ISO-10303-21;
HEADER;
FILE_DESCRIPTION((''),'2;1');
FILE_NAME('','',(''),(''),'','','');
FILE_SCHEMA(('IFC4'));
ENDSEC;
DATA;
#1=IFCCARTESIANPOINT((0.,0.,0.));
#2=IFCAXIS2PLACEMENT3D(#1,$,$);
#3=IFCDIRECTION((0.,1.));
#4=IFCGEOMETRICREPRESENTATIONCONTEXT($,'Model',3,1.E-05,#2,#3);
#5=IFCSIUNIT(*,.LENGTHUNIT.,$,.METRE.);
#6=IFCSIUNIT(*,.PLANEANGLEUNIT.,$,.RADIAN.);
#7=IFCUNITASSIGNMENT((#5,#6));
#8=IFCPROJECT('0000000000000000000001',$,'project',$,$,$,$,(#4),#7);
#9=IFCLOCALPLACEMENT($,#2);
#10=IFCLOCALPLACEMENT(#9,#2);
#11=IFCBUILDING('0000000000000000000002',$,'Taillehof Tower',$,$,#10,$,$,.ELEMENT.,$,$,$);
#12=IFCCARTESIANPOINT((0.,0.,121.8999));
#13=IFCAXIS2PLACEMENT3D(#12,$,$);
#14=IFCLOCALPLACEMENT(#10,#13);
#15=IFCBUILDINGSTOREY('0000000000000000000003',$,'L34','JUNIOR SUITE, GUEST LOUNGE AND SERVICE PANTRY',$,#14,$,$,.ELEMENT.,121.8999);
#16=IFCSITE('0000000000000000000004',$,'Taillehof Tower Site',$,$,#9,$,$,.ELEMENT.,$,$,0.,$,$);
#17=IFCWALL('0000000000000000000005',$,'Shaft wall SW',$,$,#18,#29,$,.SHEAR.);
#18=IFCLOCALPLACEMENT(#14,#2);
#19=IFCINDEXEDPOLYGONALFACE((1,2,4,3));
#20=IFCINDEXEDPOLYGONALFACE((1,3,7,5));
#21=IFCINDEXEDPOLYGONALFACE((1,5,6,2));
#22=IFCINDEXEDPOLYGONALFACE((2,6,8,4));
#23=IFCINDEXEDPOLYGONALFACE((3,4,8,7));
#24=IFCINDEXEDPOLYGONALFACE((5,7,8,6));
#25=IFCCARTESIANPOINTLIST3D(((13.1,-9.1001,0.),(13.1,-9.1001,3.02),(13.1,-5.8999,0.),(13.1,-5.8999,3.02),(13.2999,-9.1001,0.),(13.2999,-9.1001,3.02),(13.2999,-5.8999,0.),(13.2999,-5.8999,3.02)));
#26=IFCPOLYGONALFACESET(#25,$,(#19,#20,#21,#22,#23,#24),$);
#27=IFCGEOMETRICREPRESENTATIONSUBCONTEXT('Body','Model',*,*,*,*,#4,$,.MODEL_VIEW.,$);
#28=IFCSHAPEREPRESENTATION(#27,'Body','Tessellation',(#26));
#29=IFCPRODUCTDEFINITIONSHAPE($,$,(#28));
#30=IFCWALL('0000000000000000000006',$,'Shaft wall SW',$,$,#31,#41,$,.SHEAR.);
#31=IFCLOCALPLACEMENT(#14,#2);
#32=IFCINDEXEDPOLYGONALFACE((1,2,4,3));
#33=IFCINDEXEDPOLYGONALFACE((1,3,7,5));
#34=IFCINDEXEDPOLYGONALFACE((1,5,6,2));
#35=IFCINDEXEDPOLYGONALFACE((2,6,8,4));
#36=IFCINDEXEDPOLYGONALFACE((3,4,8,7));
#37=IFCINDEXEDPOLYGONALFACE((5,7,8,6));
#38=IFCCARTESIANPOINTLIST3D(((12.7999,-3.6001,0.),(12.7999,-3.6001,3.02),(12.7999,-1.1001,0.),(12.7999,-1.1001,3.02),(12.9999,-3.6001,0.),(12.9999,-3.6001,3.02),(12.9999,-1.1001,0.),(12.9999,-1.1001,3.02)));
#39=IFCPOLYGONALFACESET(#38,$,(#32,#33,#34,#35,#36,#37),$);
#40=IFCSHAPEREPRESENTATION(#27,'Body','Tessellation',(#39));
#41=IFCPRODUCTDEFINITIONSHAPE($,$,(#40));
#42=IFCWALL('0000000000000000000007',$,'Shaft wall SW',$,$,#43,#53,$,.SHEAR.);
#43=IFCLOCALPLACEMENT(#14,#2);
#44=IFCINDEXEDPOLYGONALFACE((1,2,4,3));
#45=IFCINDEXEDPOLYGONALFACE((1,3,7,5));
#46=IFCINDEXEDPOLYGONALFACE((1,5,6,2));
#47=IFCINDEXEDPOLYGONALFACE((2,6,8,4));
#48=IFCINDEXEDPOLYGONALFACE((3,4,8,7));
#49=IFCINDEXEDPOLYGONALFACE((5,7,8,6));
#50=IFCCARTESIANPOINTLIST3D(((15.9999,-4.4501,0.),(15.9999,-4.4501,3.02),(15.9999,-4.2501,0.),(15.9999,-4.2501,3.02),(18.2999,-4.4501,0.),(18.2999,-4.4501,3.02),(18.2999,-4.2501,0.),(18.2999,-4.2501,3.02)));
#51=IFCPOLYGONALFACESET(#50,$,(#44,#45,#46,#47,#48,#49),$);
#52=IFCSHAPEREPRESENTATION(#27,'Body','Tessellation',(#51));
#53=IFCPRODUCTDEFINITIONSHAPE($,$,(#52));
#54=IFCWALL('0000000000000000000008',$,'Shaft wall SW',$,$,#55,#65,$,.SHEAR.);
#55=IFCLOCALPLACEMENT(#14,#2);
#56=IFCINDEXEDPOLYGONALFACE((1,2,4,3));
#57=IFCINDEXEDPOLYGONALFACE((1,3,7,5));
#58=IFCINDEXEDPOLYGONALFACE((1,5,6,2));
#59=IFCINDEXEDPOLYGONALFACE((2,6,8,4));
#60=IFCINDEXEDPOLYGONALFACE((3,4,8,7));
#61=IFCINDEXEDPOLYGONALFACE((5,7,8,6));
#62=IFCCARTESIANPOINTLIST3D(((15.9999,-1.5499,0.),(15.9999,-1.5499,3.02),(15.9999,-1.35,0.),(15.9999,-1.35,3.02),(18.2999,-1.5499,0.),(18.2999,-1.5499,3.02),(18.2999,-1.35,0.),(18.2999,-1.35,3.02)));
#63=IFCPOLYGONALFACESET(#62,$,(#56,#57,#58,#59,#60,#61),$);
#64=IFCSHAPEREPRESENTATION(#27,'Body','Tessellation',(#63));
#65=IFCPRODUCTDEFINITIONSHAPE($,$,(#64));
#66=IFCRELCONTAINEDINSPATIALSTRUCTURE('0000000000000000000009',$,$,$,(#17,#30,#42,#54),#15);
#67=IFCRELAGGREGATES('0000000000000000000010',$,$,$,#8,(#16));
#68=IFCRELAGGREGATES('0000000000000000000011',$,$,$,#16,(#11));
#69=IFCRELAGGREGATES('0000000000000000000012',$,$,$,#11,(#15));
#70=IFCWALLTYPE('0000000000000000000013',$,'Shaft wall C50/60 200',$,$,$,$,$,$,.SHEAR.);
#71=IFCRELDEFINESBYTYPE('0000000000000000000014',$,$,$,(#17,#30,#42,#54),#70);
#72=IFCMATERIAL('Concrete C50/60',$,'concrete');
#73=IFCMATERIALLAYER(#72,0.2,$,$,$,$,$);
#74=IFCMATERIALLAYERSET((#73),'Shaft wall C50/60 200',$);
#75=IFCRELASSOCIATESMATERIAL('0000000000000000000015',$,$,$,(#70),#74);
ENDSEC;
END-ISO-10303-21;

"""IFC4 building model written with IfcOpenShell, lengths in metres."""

from ifc_helpers import new_model, si_unit, direction, frame, frame_2d, origin, place, context, subcontext, project, spatial, rectangle, extrude, material, layer, layer_set, type_object, element, save


model = new_model("IFC4")

# Units and contexts
model_context = context("Model", 3, precision=1e-05, world=origin(), true_north=direction((0.0, 1.0)))
body_context = subcontext(model_context, "Body", "Model", "MODEL_VIEW")
ifc_project = project(units=[si_unit("LENGTHUNIT", "METRE"), si_unit("PLANEANGLEUNIT", "RADIAN")], contexts=[model_context])

# Site, building, storey
site_placement = place(None, origin())
site = spatial("IfcSite", under=ifc_project, at=site_placement, Name="Taillehof Tower Site", CompositionType="ELEMENT", RefElevation=0.0)
building_placement = place(site_placement, origin())
building = spatial("IfcBuilding", under=site, at=building_placement, Name="Taillehof Tower", CompositionType="ELEMENT")
storey_placement = place(building_placement, frame((0.0, 0.0, 121.8999)))
storey = spatial("IfcBuildingStorey", under=building, at=storey_placement, Name="L34", Description="JUNIOR SUITE, GUEST LOUNGE AND SERVICE PANTRY", CompositionType="ELEMENT", Elevation=121.8999)

# Walls
ifc_material_1 = material(Name="Concrete C50/60", Category="concrete")
ifc_layer_1 = layer(ifc_material_1, 0.2)
ifc_layer_set_1 = layer_set([ifc_layer_1], Name="Shaft wall C50/60 200")
wall_type_1 = type_object("IfcWallType", Name="Shaft wall C50/60 200", PredefinedType="SHEAR", material=ifc_layer_set_1)
wall_1_placement = place(storey_placement, frame((13.2, -9.1001, 0.0), z_axis=(0.0, 0.0, 1.0), x_axis=(0.0, 1.0, 0.0)))
element("IfcWall", 1, at=wall_1_placement, inside=storey, type_object=wall_type_1, Name="Shaft wall SW", PredefinedType="SHEAR", context=body_context, shape_type="SweptSolid", body=[
    extrude(rectangle(XDim=3.2002, YDim=0.2, at=frame_2d((1.6001, 0.0))), origin(), (0.0, 0.0, 1.0), 3.02),
])
wall_2_placement = place(storey_placement, frame((12.8999, -3.6001, 0.0), z_axis=(0.0, 0.0, 1.0), x_axis=(0.0, 1.0, 0.0)))
element("IfcWall", 2, at=wall_2_placement, inside=storey, type_object=wall_type_1, Name="Shaft wall SW", PredefinedType="SHEAR", context=body_context, shape_type="SweptSolid", body=[
    extrude(rectangle(XDim=2.5, YDim=0.2, at=frame_2d((1.25, 0.0))), origin(), (0.0, 0.0, 1.0), 3.02),
])
for number, where, z_axis, x_axis, name in (
    (3, (16.0, -4.3501, 0.0), (0.0, 0.0, 1.0), (1.0, 0.0, 0.0), "Shaft wall SW"),
    (4, (16.0, -1.45, 0.0), (0.0, 0.0, 1.0), (1.0, 0.0, 0.0), "Shaft wall SW"),
):
    element("IfcWall", number, at=place(storey_placement, frame(where, z_axis=z_axis, x_axis=x_axis)), inside=storey, type_object=wall_type_1, Name=name, PredefinedType="SHEAR", context=body_context, shape_type="SweptSolid", body=[
        extrude(rectangle(XDim=2.3, YDim=0.2, at=frame_2d((1.1499, 0.0))), origin(), (0.0, 0.0, 1.0), 3.02),
    ])

save(model, "model.ifc")
